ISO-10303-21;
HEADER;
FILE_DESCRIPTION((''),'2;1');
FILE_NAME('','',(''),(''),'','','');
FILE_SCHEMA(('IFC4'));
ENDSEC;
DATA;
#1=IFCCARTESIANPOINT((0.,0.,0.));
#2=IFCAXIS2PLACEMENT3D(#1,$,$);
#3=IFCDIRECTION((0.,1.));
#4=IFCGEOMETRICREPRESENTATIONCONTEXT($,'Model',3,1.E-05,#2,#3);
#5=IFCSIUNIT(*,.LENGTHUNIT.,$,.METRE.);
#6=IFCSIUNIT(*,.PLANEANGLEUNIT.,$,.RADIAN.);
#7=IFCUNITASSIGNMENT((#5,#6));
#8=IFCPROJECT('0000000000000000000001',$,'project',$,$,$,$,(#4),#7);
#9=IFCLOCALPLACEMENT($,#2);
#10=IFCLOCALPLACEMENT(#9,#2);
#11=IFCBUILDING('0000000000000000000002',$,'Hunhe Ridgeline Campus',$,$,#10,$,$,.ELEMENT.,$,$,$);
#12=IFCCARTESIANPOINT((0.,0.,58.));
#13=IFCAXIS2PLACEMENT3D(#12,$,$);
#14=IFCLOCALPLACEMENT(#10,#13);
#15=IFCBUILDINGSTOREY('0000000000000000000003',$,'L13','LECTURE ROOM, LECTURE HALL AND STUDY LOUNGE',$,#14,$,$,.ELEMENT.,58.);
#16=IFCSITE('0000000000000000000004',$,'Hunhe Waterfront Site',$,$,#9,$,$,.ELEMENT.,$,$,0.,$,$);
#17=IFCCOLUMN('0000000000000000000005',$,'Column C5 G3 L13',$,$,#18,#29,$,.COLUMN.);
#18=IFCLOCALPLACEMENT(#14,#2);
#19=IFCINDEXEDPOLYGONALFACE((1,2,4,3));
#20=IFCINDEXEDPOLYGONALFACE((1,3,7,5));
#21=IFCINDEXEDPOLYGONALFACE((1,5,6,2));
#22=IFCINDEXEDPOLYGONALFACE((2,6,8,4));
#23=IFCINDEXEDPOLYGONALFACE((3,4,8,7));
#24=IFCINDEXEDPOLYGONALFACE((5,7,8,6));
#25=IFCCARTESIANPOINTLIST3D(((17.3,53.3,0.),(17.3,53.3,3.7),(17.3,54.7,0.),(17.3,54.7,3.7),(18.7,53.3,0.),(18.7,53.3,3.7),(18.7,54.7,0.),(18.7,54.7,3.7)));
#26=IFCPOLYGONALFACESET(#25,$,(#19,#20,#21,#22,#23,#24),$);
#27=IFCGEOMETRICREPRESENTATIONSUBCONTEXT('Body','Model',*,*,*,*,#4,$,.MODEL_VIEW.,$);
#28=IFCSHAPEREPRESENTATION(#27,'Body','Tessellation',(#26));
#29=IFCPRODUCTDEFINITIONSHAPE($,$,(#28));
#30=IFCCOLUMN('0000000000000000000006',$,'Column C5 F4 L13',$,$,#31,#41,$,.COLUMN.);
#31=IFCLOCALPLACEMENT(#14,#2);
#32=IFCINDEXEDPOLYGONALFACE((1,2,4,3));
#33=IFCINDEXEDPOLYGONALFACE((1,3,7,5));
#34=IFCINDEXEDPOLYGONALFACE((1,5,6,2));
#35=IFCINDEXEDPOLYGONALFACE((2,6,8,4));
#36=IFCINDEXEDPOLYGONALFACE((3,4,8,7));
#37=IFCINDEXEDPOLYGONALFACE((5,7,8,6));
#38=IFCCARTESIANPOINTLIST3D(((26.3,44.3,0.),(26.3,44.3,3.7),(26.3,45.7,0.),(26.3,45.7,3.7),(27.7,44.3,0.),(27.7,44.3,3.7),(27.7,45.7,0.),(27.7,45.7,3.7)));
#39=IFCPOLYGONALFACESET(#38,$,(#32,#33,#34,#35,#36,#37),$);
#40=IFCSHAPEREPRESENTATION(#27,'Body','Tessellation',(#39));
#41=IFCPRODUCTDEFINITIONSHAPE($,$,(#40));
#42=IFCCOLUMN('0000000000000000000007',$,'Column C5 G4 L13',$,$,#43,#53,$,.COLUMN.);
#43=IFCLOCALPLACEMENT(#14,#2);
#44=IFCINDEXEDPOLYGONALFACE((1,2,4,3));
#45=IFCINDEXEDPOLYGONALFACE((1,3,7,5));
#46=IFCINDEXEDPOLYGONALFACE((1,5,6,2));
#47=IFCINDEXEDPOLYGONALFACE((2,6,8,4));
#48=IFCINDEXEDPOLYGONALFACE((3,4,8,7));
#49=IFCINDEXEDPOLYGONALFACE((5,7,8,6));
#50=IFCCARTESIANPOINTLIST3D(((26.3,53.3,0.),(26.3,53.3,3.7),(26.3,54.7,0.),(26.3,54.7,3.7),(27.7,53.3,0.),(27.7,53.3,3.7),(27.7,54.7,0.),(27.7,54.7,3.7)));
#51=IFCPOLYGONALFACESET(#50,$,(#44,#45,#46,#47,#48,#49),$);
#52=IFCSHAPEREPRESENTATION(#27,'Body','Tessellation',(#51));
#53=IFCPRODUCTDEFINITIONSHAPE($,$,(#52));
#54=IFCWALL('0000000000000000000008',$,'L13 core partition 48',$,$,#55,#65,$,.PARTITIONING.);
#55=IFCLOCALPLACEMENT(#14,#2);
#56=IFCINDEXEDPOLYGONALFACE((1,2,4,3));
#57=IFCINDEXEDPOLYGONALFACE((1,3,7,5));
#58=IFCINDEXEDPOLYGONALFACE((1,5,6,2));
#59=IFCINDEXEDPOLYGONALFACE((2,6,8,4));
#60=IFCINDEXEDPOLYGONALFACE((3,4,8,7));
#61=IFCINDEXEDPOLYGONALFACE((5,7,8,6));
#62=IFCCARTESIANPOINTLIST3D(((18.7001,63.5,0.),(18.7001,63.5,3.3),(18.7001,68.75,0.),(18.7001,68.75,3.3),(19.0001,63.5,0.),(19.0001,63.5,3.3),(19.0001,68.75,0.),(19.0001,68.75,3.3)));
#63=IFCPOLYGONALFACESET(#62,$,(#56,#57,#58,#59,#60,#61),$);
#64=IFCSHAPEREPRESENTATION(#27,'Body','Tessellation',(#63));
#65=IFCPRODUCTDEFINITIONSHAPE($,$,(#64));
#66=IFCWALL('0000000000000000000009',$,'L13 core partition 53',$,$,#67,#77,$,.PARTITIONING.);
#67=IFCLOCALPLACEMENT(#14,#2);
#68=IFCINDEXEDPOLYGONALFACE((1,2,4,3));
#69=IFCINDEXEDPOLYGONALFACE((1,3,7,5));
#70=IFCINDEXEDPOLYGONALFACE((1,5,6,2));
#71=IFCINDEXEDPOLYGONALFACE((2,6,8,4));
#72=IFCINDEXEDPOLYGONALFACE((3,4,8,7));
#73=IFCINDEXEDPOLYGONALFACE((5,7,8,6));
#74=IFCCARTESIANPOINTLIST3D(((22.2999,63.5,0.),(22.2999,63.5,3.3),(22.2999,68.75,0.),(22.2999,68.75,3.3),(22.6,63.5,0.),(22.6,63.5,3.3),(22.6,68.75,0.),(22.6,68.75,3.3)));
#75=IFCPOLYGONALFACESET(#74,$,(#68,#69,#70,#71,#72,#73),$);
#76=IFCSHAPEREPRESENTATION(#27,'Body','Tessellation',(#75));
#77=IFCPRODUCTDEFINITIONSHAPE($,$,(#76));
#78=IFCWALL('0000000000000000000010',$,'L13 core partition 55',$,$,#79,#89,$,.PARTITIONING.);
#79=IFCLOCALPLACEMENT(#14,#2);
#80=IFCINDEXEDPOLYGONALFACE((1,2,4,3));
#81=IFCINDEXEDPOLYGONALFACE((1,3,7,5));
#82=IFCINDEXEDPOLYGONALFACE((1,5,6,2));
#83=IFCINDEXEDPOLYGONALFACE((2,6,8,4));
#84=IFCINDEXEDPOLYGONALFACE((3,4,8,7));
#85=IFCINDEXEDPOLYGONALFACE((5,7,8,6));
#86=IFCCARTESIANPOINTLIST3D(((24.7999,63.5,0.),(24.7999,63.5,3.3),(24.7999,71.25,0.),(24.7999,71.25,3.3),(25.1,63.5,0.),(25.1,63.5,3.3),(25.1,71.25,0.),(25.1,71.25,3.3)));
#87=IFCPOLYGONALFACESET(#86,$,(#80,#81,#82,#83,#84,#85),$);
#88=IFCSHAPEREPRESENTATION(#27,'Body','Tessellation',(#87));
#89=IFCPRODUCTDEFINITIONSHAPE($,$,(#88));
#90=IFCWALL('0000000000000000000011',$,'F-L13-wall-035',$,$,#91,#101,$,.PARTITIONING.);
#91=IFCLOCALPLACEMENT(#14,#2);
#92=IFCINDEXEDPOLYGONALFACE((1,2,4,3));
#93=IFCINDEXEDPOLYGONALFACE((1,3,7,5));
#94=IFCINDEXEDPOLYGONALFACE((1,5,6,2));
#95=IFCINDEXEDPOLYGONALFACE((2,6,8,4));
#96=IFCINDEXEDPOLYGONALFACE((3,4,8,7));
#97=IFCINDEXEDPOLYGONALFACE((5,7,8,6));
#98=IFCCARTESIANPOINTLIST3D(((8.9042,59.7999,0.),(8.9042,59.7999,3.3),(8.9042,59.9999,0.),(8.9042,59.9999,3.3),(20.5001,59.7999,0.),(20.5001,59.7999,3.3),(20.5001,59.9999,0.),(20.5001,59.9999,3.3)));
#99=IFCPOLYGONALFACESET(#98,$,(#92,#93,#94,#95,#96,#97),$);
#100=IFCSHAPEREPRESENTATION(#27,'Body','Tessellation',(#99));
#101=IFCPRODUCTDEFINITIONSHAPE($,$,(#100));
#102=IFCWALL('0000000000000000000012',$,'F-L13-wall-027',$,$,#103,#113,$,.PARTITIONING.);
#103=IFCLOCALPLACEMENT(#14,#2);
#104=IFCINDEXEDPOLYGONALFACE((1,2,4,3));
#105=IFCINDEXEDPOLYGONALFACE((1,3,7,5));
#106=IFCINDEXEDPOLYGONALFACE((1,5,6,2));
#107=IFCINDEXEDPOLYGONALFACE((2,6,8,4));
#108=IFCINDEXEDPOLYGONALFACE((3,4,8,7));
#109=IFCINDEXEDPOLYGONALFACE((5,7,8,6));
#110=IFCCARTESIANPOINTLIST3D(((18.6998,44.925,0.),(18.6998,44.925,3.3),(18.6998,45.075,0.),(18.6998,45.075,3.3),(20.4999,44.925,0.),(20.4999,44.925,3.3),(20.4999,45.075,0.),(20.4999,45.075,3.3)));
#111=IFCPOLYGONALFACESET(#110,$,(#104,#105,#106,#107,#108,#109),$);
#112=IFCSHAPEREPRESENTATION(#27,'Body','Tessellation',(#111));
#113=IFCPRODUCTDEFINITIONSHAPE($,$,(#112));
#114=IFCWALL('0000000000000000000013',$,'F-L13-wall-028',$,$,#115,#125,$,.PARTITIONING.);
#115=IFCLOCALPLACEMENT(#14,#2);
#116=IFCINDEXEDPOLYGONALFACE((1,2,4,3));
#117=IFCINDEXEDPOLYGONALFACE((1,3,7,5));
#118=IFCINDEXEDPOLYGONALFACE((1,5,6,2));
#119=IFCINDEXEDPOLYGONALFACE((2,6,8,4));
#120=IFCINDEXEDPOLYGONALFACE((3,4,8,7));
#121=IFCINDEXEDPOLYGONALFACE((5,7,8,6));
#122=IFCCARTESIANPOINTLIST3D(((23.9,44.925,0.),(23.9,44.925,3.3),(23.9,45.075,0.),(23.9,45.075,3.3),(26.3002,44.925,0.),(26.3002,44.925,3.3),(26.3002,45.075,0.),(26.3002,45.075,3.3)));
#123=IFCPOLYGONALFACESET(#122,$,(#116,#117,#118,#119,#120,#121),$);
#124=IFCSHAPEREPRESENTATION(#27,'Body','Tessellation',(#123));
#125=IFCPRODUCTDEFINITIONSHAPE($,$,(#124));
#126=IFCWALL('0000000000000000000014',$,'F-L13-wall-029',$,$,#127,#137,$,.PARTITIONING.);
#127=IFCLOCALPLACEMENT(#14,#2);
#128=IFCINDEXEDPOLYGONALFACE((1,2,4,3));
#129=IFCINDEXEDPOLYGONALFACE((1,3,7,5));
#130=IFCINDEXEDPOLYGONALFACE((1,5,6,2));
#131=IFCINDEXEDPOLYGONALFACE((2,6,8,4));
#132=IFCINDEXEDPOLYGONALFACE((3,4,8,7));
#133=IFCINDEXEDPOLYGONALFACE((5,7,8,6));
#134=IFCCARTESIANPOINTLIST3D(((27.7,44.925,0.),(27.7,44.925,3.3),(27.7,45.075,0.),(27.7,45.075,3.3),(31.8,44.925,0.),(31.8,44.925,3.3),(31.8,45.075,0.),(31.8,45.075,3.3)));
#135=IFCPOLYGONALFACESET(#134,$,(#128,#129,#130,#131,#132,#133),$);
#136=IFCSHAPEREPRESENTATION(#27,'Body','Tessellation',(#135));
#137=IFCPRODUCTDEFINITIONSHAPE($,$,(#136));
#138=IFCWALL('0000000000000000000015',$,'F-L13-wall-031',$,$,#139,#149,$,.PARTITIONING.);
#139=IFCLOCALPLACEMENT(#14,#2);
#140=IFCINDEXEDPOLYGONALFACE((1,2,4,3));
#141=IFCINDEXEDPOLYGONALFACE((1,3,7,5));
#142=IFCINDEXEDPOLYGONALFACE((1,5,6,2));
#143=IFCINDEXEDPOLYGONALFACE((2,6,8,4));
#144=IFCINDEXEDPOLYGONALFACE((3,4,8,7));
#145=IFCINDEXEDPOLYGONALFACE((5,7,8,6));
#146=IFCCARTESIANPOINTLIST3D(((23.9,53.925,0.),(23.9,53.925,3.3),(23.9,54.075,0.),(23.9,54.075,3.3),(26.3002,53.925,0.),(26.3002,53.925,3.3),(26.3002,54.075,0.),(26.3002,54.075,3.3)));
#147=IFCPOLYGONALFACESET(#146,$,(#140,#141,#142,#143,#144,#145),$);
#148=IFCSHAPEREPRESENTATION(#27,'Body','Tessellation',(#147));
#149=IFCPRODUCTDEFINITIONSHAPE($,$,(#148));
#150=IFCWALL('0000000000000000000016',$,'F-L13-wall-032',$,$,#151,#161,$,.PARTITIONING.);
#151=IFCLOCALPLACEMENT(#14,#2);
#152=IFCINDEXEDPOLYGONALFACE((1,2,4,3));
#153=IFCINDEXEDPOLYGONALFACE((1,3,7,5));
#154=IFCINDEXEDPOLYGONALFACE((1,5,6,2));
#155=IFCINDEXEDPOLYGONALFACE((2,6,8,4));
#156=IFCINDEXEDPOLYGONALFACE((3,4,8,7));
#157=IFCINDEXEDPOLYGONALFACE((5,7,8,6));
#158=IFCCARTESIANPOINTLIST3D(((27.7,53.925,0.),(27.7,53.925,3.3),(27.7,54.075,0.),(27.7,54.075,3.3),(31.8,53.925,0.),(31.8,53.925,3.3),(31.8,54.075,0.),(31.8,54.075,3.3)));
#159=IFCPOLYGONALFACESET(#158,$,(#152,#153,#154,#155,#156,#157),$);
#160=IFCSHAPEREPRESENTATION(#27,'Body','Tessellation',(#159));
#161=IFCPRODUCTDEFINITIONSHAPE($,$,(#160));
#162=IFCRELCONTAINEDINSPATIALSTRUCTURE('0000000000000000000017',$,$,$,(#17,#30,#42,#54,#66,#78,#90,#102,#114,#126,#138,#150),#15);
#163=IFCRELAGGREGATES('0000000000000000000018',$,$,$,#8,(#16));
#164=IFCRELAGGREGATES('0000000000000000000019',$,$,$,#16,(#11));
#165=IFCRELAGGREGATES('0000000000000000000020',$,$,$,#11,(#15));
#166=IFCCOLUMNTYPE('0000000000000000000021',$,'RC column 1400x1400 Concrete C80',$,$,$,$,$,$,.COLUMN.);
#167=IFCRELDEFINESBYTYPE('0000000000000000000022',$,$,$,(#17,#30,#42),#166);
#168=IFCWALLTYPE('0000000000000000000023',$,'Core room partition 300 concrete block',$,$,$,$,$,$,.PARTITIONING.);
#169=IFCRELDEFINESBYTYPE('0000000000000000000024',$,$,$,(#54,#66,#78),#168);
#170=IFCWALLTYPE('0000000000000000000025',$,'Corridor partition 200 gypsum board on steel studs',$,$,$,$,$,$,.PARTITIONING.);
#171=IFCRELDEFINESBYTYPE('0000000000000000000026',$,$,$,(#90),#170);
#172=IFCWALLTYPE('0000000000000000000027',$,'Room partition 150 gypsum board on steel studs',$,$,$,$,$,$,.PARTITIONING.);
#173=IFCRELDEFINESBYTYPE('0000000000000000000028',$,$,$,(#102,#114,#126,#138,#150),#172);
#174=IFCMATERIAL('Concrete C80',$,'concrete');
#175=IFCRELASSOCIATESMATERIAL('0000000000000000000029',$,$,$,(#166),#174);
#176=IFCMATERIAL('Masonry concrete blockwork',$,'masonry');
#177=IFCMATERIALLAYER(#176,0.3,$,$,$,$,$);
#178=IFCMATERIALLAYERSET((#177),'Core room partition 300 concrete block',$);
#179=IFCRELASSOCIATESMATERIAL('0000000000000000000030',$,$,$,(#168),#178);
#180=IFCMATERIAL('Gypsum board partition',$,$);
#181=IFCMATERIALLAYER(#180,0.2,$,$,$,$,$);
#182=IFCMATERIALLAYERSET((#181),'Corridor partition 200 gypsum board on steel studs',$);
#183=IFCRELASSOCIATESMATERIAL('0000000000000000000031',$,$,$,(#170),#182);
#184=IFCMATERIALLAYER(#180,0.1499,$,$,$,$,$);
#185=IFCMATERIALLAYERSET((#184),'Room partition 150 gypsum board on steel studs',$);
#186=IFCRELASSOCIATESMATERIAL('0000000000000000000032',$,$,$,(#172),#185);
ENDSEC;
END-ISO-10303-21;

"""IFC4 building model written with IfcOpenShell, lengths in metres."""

from ifc_helpers import new_model, si_unit, direction, frame, frame_2d, origin, origin_2d, place, context, subcontext, project, spatial, rectangle, extrude, material, layer, layer_set, material_profile, profile_set, type_object, element, save


model = new_model("IFC4")

# Units and contexts
model_context = context("Model", 3, precision=1e-05, world=origin(), true_north=direction((0.0, 1.0)))
body_context = subcontext(model_context, "Body", "Model", "MODEL_VIEW")
ifc_project = project(units=[si_unit("LENGTHUNIT", "METRE"), si_unit("PLANEANGLEUNIT", "RADIAN")], contexts=[model_context])

# Site, building, storey
site_placement = place(None, origin())
site = spatial("IfcSite", under=ifc_project, at=site_placement, Name="Hunhe Waterfront Site", CompositionType="ELEMENT", RefElevation=0.0)
building_placement = place(site_placement, origin())
building = spatial("IfcBuilding", under=site, at=building_placement, Name="Hunhe Ridgeline Campus", CompositionType="ELEMENT")
storey_placement = place(building_placement, frame((0.0, 0.0, 58.0)))
storey = spatial("IfcBuildingStorey", under=building, at=storey_placement, Name="L13", Description="LECTURE ROOM, LECTURE HALL AND STUDY LOUNGE", CompositionType="ELEMENT", Elevation=58.0)

# Columns
ifc_material_1 = material(Name="Concrete C80", Category="concrete")
ifc_material_profile = material_profile(ifc_material_1, rectangle(XDim=1.3999, YDim=1.3999, at=origin_2d()))
ifc_profile_set = profile_set([ifc_material_profile], Name="Concrete C80")
column_type = type_object("IfcColumnType", Name="RC column 1400x1400 Concrete C80", PredefinedType="COLUMN", material=ifc_profile_set)
for number, where, z_axis, x_axis, name in (
    (1, (18.0, 54.0, 0.0), (0.0, 0.0, 1.0), (1.0, 0.0, 0.0), "Column C5 G3 L13"),
    (2, (27.0, 45.0, 0.0), (0.0, 0.0, 1.0), (1.0, 0.0, 0.0), "Column C5 F4 L13"),
    (3, (27.0, 54.0, 0.0), (0.0, 0.0, 1.0), (1.0, 0.0, 0.0), "Column C5 G4 L13"),
):
    element("IfcColumn", number, at=place(storey_placement, frame(where, z_axis=z_axis, x_axis=x_axis)), inside=storey, type_object=column_type, Name=name, PredefinedType="COLUMN", context=body_context, shape_type="SweptSolid", body=[
        extrude(rectangle(XDim=1.3999, YDim=1.3999, at=origin_2d()), origin(), (0.0, 0.0, 1.0), 3.7),
    ])

# Walls
ifc_material_2 = material(Name="Masonry concrete blockwork", Category="masonry")
ifc_layer_1 = layer(ifc_material_2, 0.3)
ifc_layer_set_1 = layer_set([ifc_layer_1], Name="Core room partition 300 concrete block")
wall_type_1 = type_object("IfcWallType", Name="Core room partition 300 concrete block", PredefinedType="PARTITIONING", material=ifc_layer_set_1)
for number, where, z_axis, x_axis, name in (
    (4, (18.8501, 63.5, 0.0), (0.0, 0.0, 1.0), (0.0, 1.0, 0.0), "L13 core partition 48"),
    (5, (22.45, 63.5, 0.0), (0.0, 0.0, 1.0), (0.0, 1.0, 0.0), "L13 core partition 53"),
):
    element("IfcWall", number, at=place(storey_placement, frame(where, z_axis=z_axis, x_axis=x_axis)), inside=storey, type_object=wall_type_1, Name=name, PredefinedType="PARTITIONING", context=body_context, shape_type="SweptSolid", body=[
        extrude(rectangle(XDim=5.25, YDim=0.3, at=frame_2d((2.625, 0.0))), origin(), (0.0, 0.0, 1.0), 3.3),
    ])
wall_1_placement = place(storey_placement, frame((24.95, 63.5, 0.0), z_axis=(0.0, 0.0, 1.0), x_axis=(0.0, 1.0, 0.0)))
element("IfcWall", 6, at=wall_1_placement, inside=storey, type_object=wall_type_1, Name="L13 core partition 55", PredefinedType="PARTITIONING", context=body_context, shape_type="SweptSolid", body=[
    extrude(rectangle(XDim=7.75, YDim=0.3, at=frame_2d((3.875, 0.0))), origin(), (0.0, 0.0, 1.0), 3.3),
])
ifc_material_3 = material(Name="Gypsum board partition")
ifc_layer_2 = layer(ifc_material_3, 0.2)
ifc_layer_set_2 = layer_set([ifc_layer_2], Name="Corridor partition 200 gypsum board on steel studs")
wall_type_2 = type_object("IfcWallType", Name="Corridor partition 200 gypsum board on steel studs", PredefinedType="PARTITIONING", material=ifc_layer_set_2)
wall_2_placement = place(storey_placement, frame((20.5, 59.8999, 0.0), z_axis=(0.0, 0.0, 1.0), x_axis=(-1.0, 0.0, 0.0)))
element("IfcWall", 7, at=wall_2_placement, inside=storey, type_object=wall_type_2, Name="F-L13-wall-035", PredefinedType="PARTITIONING", context=body_context, shape_type="SweptSolid", body=[
    extrude(rectangle(XDim=11.5959, YDim=0.2, at=frame_2d((5.7979, 0.0))), origin(), (0.0, 0.0, 1.0), 3.3),
])

# Walls
ifc_layer_3 = layer(ifc_material_3, 0.1499)
ifc_layer_set_3 = layer_set([ifc_layer_3], Name="Room partition 150 gypsum board on steel studs")
wall_type_3 = type_object("IfcWallType", Name="Room partition 150 gypsum board on steel studs", PredefinedType="PARTITIONING", material=ifc_layer_set_3)
wall_3_placement = place(storey_placement, frame((18.7, 45.0, 0.0), z_axis=(0.0, 0.0, 1.0), x_axis=(1.0, 0.0, 0.0)))
element("IfcWall", 8, at=wall_3_placement, inside=storey, type_object=wall_type_3, Name="F-L13-wall-027", PredefinedType="PARTITIONING", context=body_context, shape_type="SweptSolid", body=[
    extrude(rectangle(XDim=1.8, YDim=0.1499, at=frame_2d((0.8999, 0.0))), origin(), (0.0, 0.0, 1.0), 3.3),
])
wall_4_placement = place(storey_placement, frame((23.8999, 45.0, 0.0), z_axis=(0.0, 0.0, 1.0), x_axis=(1.0, 0.0, 0.0)))
element("IfcWall", 9, at=wall_4_placement, inside=storey, type_object=wall_type_3, Name="F-L13-wall-028", PredefinedType="PARTITIONING", context=body_context, shape_type="SweptSolid", body=[
    extrude(rectangle(XDim=2.4001, YDim=0.1499, at=frame_2d((1.2002, 0.0))), origin(), (0.0, 0.0, 1.0), 3.3),
])
wall_5_placement = place(storey_placement, frame((27.7, 45.0, 0.0), z_axis=(0.0, 0.0, 1.0), x_axis=(1.0, 0.0, 0.0)))
element("IfcWall", 10, at=wall_5_placement, inside=storey, type_object=wall_type_3, Name="F-L13-wall-029", PredefinedType="PARTITIONING", context=body_context, shape_type="SweptSolid", body=[
    extrude(rectangle(XDim=4.1001, YDim=0.1499, at=frame_2d((2.05, 0.0))), origin(), (0.0, 0.0, 1.0), 3.3),
])
wall_6_placement = place(storey_placement, frame((23.8999, 54.0, 0.0), z_axis=(0.0, 0.0, 1.0), x_axis=(1.0, 0.0, 0.0)))
element("IfcWall", 11, at=wall_6_placement, inside=storey, type_object=wall_type_3, Name="F-L13-wall-031", PredefinedType="PARTITIONING", context=body_context, shape_type="SweptSolid", body=[
    extrude(rectangle(XDim=2.4001, YDim=0.1499, at=frame_2d((1.2002, 0.0))), origin(), (0.0, 0.0, 1.0), 3.3),
])
wall_7_placement = place(storey_placement, frame((27.7, 54.0, 0.0), z_axis=(0.0, 0.0, 1.0), x_axis=(1.0, 0.0, 0.0)))
element("IfcWall", 12, at=wall_7_placement, inside=storey, type_object=wall_type_3, Name="F-L13-wall-032", PredefinedType="PARTITIONING", context=body_context, shape_type="SweptSolid", body=[
    extrude(rectangle(XDim=4.1001, YDim=0.1499, at=frame_2d((2.05, 0.0))), origin(), (0.0, 0.0, 1.0), 3.3),
])

save(model, "model.ifc")
